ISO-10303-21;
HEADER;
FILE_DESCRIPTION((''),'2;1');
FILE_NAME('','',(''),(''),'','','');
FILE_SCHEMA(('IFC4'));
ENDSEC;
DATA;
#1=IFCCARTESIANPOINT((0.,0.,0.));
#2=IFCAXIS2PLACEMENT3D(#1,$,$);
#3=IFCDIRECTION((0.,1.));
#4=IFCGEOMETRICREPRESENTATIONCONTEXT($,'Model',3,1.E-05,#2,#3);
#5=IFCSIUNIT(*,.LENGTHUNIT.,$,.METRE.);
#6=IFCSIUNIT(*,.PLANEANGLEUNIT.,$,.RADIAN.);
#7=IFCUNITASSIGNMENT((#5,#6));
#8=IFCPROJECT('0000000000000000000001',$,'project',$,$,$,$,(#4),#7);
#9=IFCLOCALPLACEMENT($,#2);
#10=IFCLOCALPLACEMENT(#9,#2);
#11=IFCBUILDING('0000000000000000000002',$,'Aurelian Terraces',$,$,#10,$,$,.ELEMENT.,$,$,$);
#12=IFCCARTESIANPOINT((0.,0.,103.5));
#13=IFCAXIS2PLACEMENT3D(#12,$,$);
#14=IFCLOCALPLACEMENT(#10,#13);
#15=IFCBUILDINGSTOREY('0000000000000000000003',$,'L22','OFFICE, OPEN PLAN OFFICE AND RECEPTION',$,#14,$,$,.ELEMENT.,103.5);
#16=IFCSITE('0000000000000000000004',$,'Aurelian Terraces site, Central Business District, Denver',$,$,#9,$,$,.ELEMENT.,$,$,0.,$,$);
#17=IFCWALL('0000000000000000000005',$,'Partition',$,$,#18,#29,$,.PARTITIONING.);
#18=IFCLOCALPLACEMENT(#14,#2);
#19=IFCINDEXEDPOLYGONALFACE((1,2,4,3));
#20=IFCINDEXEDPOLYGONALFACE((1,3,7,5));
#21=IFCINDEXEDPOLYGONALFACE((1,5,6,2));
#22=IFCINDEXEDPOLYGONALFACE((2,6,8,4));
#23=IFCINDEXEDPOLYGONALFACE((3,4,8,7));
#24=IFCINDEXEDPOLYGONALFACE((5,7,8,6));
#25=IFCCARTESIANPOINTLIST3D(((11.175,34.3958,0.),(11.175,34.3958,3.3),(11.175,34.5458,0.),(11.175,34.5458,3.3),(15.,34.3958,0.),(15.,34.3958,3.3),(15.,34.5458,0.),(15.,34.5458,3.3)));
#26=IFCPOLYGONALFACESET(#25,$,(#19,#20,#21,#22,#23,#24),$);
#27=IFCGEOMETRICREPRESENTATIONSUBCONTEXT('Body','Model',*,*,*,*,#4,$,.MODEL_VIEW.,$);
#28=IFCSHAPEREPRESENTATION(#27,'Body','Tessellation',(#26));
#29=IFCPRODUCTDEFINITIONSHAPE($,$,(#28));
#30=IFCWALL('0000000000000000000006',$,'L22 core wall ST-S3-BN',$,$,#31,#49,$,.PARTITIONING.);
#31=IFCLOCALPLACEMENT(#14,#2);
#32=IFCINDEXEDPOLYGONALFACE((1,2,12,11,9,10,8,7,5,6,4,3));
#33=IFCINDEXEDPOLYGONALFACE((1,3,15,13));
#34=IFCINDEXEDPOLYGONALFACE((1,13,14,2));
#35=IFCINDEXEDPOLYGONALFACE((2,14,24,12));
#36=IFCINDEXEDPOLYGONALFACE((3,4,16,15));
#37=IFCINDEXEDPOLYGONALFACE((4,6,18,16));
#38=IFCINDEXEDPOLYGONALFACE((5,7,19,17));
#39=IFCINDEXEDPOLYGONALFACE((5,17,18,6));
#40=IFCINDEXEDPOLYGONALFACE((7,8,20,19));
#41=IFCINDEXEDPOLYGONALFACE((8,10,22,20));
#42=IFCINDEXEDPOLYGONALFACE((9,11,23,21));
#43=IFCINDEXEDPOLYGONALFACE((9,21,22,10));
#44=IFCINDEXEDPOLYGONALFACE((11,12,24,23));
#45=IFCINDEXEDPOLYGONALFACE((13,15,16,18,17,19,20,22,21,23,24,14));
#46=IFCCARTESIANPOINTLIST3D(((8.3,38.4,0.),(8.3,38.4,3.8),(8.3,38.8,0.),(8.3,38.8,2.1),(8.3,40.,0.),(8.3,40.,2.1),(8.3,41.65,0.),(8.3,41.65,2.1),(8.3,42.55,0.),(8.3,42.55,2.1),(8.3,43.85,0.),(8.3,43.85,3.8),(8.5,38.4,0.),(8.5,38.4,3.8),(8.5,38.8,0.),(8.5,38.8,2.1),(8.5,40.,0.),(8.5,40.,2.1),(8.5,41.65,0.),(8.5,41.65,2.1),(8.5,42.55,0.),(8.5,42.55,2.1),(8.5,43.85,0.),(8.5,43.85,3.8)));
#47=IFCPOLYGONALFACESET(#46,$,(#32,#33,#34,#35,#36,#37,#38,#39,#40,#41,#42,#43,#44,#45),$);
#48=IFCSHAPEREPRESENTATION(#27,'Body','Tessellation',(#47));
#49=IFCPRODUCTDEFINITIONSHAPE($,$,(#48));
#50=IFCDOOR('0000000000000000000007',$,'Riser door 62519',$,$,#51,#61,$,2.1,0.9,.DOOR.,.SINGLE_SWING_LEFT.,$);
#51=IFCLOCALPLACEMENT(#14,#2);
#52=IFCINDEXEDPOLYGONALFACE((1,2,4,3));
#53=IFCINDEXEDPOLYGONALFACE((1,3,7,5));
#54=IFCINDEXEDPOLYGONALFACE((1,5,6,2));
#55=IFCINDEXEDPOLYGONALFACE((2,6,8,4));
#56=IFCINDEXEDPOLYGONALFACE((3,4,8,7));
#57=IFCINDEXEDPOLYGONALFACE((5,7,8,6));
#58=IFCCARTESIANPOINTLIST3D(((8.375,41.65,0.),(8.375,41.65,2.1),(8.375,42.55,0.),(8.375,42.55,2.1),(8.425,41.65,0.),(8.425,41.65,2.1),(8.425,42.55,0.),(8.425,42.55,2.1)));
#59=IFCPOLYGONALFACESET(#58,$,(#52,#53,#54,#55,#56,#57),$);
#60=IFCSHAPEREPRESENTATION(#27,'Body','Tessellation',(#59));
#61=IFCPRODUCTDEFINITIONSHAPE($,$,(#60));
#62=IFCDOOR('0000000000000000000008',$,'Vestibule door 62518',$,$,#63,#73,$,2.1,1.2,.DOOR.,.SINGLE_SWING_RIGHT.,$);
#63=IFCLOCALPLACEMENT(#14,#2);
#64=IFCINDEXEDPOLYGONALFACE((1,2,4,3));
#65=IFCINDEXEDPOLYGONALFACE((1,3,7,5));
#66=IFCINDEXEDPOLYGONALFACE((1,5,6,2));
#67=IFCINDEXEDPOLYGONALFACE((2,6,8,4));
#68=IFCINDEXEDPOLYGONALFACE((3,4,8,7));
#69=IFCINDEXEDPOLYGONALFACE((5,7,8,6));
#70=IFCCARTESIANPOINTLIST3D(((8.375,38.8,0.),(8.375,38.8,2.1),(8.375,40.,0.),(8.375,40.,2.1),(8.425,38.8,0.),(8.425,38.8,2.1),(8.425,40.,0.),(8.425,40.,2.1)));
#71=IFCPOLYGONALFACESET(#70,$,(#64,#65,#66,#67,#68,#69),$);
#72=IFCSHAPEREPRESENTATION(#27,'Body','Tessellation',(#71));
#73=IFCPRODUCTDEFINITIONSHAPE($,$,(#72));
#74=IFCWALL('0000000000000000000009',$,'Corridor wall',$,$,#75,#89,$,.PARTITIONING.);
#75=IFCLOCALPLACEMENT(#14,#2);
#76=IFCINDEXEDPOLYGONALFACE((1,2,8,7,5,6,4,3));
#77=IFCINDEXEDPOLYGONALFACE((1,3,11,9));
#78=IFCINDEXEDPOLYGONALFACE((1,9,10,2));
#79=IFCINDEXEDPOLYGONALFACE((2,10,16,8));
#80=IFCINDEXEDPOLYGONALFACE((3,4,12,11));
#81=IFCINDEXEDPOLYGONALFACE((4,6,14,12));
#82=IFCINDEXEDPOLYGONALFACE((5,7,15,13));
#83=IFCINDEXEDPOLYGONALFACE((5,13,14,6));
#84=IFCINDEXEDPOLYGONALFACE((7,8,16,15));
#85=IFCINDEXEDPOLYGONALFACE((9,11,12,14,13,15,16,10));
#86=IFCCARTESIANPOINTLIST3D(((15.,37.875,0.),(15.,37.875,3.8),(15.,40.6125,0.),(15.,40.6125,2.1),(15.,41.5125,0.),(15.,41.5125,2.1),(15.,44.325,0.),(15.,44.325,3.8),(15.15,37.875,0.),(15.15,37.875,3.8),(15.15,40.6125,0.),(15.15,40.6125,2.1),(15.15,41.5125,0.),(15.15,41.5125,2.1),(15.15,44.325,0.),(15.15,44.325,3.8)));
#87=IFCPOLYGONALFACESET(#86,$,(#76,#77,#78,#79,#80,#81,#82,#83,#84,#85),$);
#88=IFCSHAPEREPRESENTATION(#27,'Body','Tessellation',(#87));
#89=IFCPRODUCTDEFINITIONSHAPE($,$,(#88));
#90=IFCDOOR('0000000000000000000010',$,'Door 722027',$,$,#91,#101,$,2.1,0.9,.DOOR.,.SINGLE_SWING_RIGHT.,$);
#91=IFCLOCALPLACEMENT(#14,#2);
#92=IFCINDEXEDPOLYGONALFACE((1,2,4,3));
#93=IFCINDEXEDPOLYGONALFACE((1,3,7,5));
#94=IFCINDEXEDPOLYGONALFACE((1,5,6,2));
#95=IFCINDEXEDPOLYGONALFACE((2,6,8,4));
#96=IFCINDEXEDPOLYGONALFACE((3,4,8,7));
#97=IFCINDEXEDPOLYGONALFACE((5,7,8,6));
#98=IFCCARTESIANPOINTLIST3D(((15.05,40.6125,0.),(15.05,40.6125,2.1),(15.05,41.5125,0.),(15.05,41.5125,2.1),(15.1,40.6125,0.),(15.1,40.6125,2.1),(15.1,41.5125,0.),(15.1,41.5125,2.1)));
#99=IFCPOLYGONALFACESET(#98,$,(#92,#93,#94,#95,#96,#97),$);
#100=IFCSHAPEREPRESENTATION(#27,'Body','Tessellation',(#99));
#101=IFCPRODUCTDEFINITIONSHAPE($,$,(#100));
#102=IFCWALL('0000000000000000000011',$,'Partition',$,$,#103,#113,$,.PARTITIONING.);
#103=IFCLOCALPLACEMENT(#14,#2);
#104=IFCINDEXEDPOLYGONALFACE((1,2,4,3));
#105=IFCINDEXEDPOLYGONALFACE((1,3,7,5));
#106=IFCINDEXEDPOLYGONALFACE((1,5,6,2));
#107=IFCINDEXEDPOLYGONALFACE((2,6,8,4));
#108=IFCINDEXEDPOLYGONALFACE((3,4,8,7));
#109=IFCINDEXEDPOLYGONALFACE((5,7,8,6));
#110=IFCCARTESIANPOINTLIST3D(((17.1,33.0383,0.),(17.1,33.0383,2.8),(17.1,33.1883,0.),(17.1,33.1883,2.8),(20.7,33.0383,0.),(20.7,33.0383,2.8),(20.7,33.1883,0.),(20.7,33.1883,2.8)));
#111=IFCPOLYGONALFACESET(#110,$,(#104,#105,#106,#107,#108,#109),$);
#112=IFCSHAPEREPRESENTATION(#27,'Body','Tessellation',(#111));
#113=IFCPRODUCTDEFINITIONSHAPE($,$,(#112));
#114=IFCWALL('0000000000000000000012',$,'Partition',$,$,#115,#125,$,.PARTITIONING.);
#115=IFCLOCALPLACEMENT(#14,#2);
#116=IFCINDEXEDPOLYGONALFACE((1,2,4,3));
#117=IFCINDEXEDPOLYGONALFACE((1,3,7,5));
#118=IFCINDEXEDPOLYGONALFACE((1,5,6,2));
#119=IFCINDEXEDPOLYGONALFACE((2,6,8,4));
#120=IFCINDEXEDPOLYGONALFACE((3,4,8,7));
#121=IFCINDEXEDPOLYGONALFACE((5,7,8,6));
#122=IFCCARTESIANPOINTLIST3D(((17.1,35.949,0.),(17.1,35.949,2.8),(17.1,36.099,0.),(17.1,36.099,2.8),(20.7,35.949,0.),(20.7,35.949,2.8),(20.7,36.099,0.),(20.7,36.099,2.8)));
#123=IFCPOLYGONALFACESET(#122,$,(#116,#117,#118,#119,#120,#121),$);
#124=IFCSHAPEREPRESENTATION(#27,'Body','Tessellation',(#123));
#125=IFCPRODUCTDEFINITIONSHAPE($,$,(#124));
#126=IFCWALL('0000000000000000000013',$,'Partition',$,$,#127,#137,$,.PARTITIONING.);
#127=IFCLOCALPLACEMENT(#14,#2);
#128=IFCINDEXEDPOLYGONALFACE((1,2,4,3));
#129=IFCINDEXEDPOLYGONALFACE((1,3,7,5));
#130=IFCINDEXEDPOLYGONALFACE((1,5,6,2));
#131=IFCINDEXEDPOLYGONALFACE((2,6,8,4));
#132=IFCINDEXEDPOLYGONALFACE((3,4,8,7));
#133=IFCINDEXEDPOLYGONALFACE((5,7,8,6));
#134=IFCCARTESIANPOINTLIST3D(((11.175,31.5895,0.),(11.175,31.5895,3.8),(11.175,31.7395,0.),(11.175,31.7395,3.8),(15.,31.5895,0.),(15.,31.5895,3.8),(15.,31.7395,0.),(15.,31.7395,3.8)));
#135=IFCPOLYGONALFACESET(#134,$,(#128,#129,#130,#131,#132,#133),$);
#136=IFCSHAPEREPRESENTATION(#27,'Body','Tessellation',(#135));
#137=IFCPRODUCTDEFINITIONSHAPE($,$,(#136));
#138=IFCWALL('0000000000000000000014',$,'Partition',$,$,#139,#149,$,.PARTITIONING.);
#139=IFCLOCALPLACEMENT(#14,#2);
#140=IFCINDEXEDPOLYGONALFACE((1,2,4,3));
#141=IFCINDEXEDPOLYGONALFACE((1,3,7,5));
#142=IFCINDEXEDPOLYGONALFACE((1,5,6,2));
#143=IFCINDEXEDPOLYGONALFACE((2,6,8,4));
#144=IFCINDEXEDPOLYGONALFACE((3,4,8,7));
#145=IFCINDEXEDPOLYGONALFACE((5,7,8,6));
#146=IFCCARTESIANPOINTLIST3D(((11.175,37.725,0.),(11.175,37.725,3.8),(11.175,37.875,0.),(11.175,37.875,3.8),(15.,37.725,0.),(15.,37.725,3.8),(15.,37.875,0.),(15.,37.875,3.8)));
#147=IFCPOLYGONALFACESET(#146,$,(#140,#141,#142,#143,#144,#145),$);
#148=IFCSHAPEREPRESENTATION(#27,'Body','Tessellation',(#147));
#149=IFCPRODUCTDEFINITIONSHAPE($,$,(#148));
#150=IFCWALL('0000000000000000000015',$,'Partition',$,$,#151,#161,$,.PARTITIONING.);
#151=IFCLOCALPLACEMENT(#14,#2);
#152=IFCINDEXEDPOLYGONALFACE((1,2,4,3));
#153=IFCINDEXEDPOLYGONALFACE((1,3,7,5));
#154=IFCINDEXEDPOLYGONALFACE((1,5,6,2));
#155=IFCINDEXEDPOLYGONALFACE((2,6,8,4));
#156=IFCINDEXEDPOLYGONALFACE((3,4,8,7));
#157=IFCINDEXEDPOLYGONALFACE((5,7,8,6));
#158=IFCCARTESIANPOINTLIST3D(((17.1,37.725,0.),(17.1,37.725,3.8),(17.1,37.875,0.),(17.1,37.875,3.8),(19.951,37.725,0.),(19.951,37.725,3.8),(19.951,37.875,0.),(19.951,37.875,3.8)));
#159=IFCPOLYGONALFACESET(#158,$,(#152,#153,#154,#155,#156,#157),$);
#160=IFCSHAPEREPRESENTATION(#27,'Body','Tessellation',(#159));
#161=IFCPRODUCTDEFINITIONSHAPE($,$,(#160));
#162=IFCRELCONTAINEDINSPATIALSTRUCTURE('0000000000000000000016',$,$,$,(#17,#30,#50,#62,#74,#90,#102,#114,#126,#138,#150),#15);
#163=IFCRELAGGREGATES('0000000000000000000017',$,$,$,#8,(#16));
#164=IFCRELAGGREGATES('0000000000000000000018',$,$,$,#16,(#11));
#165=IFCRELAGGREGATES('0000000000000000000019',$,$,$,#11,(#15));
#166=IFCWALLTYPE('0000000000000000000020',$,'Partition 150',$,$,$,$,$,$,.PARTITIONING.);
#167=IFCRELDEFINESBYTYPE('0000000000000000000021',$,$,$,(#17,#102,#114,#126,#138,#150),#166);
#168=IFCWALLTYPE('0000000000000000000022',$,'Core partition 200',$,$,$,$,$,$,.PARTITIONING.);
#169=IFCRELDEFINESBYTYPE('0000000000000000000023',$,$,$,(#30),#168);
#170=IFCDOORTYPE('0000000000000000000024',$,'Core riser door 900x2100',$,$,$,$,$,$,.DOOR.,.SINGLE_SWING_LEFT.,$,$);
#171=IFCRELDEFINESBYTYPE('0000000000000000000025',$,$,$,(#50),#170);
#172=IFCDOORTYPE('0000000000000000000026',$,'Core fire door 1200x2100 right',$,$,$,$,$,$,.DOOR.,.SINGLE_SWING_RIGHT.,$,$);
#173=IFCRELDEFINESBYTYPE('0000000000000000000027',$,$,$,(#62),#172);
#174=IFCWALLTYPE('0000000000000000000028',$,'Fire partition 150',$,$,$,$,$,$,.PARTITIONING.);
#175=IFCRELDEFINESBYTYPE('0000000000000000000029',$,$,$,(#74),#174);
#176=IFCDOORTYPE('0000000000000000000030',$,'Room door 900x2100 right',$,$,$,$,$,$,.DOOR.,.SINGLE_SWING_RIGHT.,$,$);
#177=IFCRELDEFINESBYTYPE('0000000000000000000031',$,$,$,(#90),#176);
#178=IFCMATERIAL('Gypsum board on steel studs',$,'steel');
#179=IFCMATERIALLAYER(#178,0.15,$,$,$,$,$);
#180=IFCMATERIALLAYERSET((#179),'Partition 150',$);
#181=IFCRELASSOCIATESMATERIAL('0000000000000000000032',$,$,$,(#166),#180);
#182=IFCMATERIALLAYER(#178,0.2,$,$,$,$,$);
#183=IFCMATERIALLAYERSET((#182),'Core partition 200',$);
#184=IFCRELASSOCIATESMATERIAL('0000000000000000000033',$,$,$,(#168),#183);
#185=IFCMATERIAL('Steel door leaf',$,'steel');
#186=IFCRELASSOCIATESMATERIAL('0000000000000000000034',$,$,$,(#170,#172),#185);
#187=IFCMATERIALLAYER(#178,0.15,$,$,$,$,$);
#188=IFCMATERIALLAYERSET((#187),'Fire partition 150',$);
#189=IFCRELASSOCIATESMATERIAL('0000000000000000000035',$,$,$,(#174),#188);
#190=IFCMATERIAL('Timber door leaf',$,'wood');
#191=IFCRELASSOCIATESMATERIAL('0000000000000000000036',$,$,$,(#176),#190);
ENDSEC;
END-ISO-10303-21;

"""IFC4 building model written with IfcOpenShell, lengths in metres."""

from ifc_helpers import new_model, si_unit, direction, frame, frame_2d, origin, place, context, subcontext, project, spatial, rectangle, extrude, source, transform, mapped, material, layer, layer_set, type_object, element, fill, save


model = new_model("IFC4")

# Units and contexts
model_context = context("Model", 3, precision=1e-05, world=origin(), true_north=direction((0.0, 1.0)))
body_context = subcontext(model_context, "Body", "Model", "MODEL_VIEW")
ifc_project = project(units=[si_unit("LENGTHUNIT", "METRE"), si_unit("PLANEANGLEUNIT", "RADIAN")], contexts=[model_context])

# Site, building, storey
site_placement = place(None, origin())
site = spatial("IfcSite", under=ifc_project, at=site_placement, Name="Aurelian Terraces site, Central Business District, Denver", CompositionType="ELEMENT", RefElevation=0.0)
building_placement = place(site_placement, origin())
building = spatial("IfcBuilding", under=site, at=building_placement, Name="Aurelian Terraces", CompositionType="ELEMENT")
storey_placement = place(building_placement, frame((0.0, 0.0, 103.5)))
storey = spatial("IfcBuildingStorey", under=building, at=storey_placement, Name="L22", Description="OFFICE, OPEN PLAN OFFICE AND RECEPTION", CompositionType="ELEMENT", Elevation=103.5)

# Wall
ifc_material_1 = material(Name="Gypsum board on steel studs", Category="steel")
ifc_layer_1 = layer(ifc_material_1, 0.15)
ifc_layer_set_1 = layer_set([ifc_layer_1], Name="Partition 150")
wall_type_1 = type_object("IfcWallType", Name="Partition 150", PredefinedType="PARTITIONING", material=ifc_layer_set_1)
wall_1_placement = place(storey_placement, frame((15.0, 34.4708, 0.0), z_axis=(0.0, 0.0, 1.0), x_axis=(-1.0, 0.0, 0.0)))
element("IfcWall", 1, at=wall_1_placement, inside=storey, type_object=wall_type_1, Name="Partition", PredefinedType="PARTITIONING", context=body_context, shape_type="SweptSolid", body=[
    extrude(rectangle(XDim=3.825, YDim=0.15, at=frame_2d((1.9125, 0.0))), origin(), (0.0, 0.0, 1.0), 3.3),
])

# Wall, openings, doors
ifc_layer_2 = layer(ifc_material_1, 0.2)
ifc_layer_set_2 = layer_set([ifc_layer_2], Name="Core partition 200")
wall_type_2 = type_object("IfcWallType", Name="Core partition 200", PredefinedType="PARTITIONING", material=ifc_layer_set_2)
shared_shape_1 = source(origin(), body_context, "Body", "SweptSolid", [
    extrude(rectangle(XDim=5.45, YDim=0.2, at=frame_2d((2.725, 0.0))), origin(), (0.0, 0.0, 1.0), 3.8),
])
wall_2_placement = place(storey_placement, frame((8.4, 38.4, 0.0), z_axis=(0.0, 0.0, 1.0), x_axis=(0.0, 1.0, 0.0)))
wall_2 = element("IfcWall", 2, at=wall_2_placement, inside=storey, type_object=wall_type_2, Name="L22 core wall ST-S3-BN", PredefinedType="PARTITIONING", context=body_context, shape_type="MappedRepresentation", body=[
    mapped(shared_shape_1, transform((0.0, 0.0, 0.0), scale=1.0)),
])
shared_shape_2 = source(origin(), body_context, "Body", "SweptSolid", [
    extrude(rectangle(XDim=1.2, YDim=2.1, at=frame_2d((0.6, 1.05))), frame((0.0, 0.11, 0.0), z_axis=(0.0, -1.0, 0.0), x_axis=(1.0, 0.0, 0.0)), (0.0, 0.0, 1.0), 0.22),
])
opening_1_placement = place(wall_2_placement, frame((0.4, 0.0, 0.0)))
opening_1 = element("IfcOpeningElement", 3, at=opening_1_placement, cuts=wall_2, PredefinedType="OPENING", context=body_context, shape_type="MappedRepresentation", body=[
    mapped(shared_shape_2, transform((0.0, 0.0, 0.0), scale=1.0)),
])
shared_shape_3 = source(origin(), body_context, "Body", "SweptSolid", [
    extrude(rectangle(XDim=0.9, YDim=2.1, at=frame_2d((0.45, 1.05))), frame((0.0, 0.11, 0.0), z_axis=(0.0, -1.0, 0.0), x_axis=(1.0, 0.0, 0.0)), (0.0, 0.0, 1.0), 0.22),
])
opening_2_placement = place(wall_2_placement, frame((3.25, 0.0, 0.0)))
opening_2 = element("IfcOpeningElement", 4, at=opening_2_placement, cuts=wall_2, PredefinedType="OPENING", context=body_context, shape_type="MappedRepresentation", body=[
    mapped(shared_shape_3, transform((0.0, 0.0, 0.0), scale=1.0)),
])
ifc_material_2 = material(Name="Steel door leaf", Category="steel")
door_type_1 = type_object("IfcDoorType", Name="Core riser door 900x2100", OperationType="SINGLE_SWING_LEFT", PredefinedType="DOOR", material=ifc_material_2)
shared_shape_4 = source(origin(), body_context, "Body", "SweptSolid", [
    extrude(rectangle(XDim=0.9, YDim=2.1, at=frame_2d((0.45, 1.05))), frame((0.0, 0.025, 0.0), z_axis=(0.0, -1.0, 0.0), x_axis=(1.0, 0.0, 0.0)), (0.0, 0.0, 1.0), 0.05),
])
door_1_placement = place(opening_2_placement, origin())
door_1 = element("IfcDoor", 5, at=door_1_placement, inside=storey, type_object=door_type_1, Name="Riser door 62519", OperationType="SINGLE_SWING_LEFT", OverallHeight=2.1, OverallWidth=0.9, PredefinedType="DOOR", context=body_context, shape_type="MappedRepresentation", body=[
    mapped(shared_shape_4, transform((0.0, 0.0, 0.0), scale=1.0)),
])
fill(opening_2, door_1)
door_type_2 = type_object("IfcDoorType", Name="Core fire door 1200x2100 right", OperationType="SINGLE_SWING_RIGHT", PredefinedType="DOOR", material=ifc_material_2)
shared_shape_5 = source(origin(), body_context, "Body", "SweptSolid", [
    extrude(rectangle(XDim=1.2, YDim=2.1, at=frame_2d((0.6, 1.05))), frame((0.0, 0.025, 0.0), z_axis=(0.0, -1.0, 0.0), x_axis=(1.0, 0.0, 0.0)), (0.0, 0.0, 1.0), 0.05),
])
door_2_placement = place(opening_1_placement, origin())
door_2 = element("IfcDoor", 6, at=door_2_placement, inside=storey, type_object=door_type_2, Name="Vestibule door 62518", OperationType="SINGLE_SWING_RIGHT", OverallHeight=2.1, OverallWidth=1.2, PredefinedType="DOOR", context=body_context, shape_type="MappedRepresentation", body=[
    mapped(shared_shape_5, transform((0.0, 0.0, 0.0), scale=1.0)),
])
fill(opening_1, door_2)

# Wall, opening, door
ifc_layer_3 = layer(ifc_material_1, 0.15)
ifc_layer_set_3 = layer_set([ifc_layer_3], Name="Fire partition 150")
wall_type_3 = type_object("IfcWallType", Name="Fire partition 150", PredefinedType="PARTITIONING", material=ifc_layer_set_3)
shared_shape_6 = source(origin(), body_context, "Body", "SweptSolid", [
    extrude(rectangle(XDim=6.45, YDim=0.15, at=frame_2d((3.225, 0.0))), origin(), (0.0, 0.0, 1.0), 3.8),
])
wall_3_placement = place(storey_placement, frame((15.075, 37.875, 0.0), z_axis=(0.0, 0.0, 1.0), x_axis=(0.0, 1.0, 0.0)))
wall_3 = element("IfcWall", 7, at=wall_3_placement, inside=storey, type_object=wall_type_3, Name="Corridor wall", PredefinedType="PARTITIONING", context=body_context, shape_type="MappedRepresentation", body=[
    mapped(shared_shape_6, transform((0.0, 0.0, 0.0), scale=1.0)),
])
shared_shape_7 = source(origin(), body_context, "Body", "SweptSolid", [
    extrude(rectangle(XDim=0.9, YDim=2.1, at=frame_2d((0.45, 1.05))), frame((0.0, 0.085, 0.0), z_axis=(0.0, -1.0, 0.0), x_axis=(1.0, 0.0, 0.0)), (0.0, 0.0, 1.0), 0.17),
])
opening_3_placement = place(wall_3_placement, frame((2.7375, 0.0, 0.0)))
opening_3 = element("IfcOpeningElement", 8, at=opening_3_placement, cuts=wall_3, PredefinedType="OPENING", context=body_context, shape_type="MappedRepresentation", body=[
    mapped(shared_shape_7, transform((0.0, 0.0, 0.0), scale=1.0)),
])
ifc_material_3 = material(Name="Timber door leaf", Category="wood")
door_type_3 = type_object("IfcDoorType", Name="Room door 900x2100 right", OperationType="SINGLE_SWING_RIGHT", PredefinedType="DOOR", material=ifc_material_3)
door_3_placement = place(opening_3_placement, origin())
door_3 = element("IfcDoor", 9, at=door_3_placement, inside=storey, type_object=door_type_3, Name="Door 722027", OperationType="SINGLE_SWING_RIGHT", OverallHeight=2.1, OverallWidth=0.9, PredefinedType="DOOR", context=body_context, shape_type="MappedRepresentation", body=[
    mapped(shared_shape_4, transform((0.0, 0.0, 0.0), scale=1.0)),
])
fill(opening_3, door_3)

# Walls
shared_shape_8 = source(origin(), body_context, "Body", "SweptSolid", [
    extrude(rectangle(XDim=3.6, YDim=0.15, at=frame_2d((1.8, 0.0))), origin(), (0.0, 0.0, 1.0), 2.8),
])
for number, where, z_axis, x_axis, name in (
    (10, (17.1, 33.1133, 0.0), (0.0, 0.0, 1.0), (1.0, 0.0, 0.0), "Partition"),
    (11, (17.1, 36.024, 0.0), (0.0, 0.0, 1.0), (1.0, 0.0, 0.0), "Partition"),
):
    element("IfcWall", number, at=place(storey_placement, frame(where, z_axis=z_axis, x_axis=x_axis)), inside=storey, type_object=wall_type_1, Name=name, PredefinedType="PARTITIONING", context=body_context, shape_type="MappedRepresentation", body=[
        mapped(shared_shape_8, transform((0.0, 0.0, 0.0), scale=1.0)),
    ])
shared_shape_9 = source(origin(), body_context, "Body", "SweptSolid", [
    extrude(rectangle(XDim=3.825, YDim=0.15, at=frame_2d((1.9125, 0.0))), origin(), (0.0, 0.0, 1.0), 3.8),
])
for number, where, z_axis, x_axis, name in (
    (12, (15.0, 31.6645, 0.0), (0.0, 0.0, 1.0), (-1.0, 0.0, 0.0), "Partition"),
    (13, (15.0, 37.8, 0.0), (0.0, 0.0, 1.0), (-1.0, 0.0, 0.0), "Partition"),
):
    element("IfcWall", number, at=place(storey_placement, frame(where, z_axis=z_axis, x_axis=x_axis)), inside=storey, type_object=wall_type_1, Name=name, PredefinedType="PARTITIONING", context=body_context, shape_type="MappedRepresentation", body=[
        mapped(shared_shape_9, transform((0.0, 0.0, 0.0), scale=1.0)),
    ])
shared_shape_10 = source(origin(), body_context, "Body", "SweptSolid", [
    extrude(rectangle(XDim=2.851, YDim=0.15, at=frame_2d((1.4255, 0.0))), origin(), (0.0, 0.0, 1.0), 3.8),
])
wall_4_placement = place(storey_placement, frame((19.951, 37.8, 0.0), z_axis=(0.0, 0.0, 1.0), x_axis=(-1.0, 0.0, 0.0)))
element("IfcWall", 14, at=wall_4_placement, inside=storey, type_object=wall_type_1, Name="Partition", PredefinedType="PARTITIONING", context=body_context, shape_type="MappedRepresentation", body=[
    mapped(shared_shape_10, transform((0.0, 0.0, 0.0), scale=1.0)),
])

save(model, "model.ifc")
